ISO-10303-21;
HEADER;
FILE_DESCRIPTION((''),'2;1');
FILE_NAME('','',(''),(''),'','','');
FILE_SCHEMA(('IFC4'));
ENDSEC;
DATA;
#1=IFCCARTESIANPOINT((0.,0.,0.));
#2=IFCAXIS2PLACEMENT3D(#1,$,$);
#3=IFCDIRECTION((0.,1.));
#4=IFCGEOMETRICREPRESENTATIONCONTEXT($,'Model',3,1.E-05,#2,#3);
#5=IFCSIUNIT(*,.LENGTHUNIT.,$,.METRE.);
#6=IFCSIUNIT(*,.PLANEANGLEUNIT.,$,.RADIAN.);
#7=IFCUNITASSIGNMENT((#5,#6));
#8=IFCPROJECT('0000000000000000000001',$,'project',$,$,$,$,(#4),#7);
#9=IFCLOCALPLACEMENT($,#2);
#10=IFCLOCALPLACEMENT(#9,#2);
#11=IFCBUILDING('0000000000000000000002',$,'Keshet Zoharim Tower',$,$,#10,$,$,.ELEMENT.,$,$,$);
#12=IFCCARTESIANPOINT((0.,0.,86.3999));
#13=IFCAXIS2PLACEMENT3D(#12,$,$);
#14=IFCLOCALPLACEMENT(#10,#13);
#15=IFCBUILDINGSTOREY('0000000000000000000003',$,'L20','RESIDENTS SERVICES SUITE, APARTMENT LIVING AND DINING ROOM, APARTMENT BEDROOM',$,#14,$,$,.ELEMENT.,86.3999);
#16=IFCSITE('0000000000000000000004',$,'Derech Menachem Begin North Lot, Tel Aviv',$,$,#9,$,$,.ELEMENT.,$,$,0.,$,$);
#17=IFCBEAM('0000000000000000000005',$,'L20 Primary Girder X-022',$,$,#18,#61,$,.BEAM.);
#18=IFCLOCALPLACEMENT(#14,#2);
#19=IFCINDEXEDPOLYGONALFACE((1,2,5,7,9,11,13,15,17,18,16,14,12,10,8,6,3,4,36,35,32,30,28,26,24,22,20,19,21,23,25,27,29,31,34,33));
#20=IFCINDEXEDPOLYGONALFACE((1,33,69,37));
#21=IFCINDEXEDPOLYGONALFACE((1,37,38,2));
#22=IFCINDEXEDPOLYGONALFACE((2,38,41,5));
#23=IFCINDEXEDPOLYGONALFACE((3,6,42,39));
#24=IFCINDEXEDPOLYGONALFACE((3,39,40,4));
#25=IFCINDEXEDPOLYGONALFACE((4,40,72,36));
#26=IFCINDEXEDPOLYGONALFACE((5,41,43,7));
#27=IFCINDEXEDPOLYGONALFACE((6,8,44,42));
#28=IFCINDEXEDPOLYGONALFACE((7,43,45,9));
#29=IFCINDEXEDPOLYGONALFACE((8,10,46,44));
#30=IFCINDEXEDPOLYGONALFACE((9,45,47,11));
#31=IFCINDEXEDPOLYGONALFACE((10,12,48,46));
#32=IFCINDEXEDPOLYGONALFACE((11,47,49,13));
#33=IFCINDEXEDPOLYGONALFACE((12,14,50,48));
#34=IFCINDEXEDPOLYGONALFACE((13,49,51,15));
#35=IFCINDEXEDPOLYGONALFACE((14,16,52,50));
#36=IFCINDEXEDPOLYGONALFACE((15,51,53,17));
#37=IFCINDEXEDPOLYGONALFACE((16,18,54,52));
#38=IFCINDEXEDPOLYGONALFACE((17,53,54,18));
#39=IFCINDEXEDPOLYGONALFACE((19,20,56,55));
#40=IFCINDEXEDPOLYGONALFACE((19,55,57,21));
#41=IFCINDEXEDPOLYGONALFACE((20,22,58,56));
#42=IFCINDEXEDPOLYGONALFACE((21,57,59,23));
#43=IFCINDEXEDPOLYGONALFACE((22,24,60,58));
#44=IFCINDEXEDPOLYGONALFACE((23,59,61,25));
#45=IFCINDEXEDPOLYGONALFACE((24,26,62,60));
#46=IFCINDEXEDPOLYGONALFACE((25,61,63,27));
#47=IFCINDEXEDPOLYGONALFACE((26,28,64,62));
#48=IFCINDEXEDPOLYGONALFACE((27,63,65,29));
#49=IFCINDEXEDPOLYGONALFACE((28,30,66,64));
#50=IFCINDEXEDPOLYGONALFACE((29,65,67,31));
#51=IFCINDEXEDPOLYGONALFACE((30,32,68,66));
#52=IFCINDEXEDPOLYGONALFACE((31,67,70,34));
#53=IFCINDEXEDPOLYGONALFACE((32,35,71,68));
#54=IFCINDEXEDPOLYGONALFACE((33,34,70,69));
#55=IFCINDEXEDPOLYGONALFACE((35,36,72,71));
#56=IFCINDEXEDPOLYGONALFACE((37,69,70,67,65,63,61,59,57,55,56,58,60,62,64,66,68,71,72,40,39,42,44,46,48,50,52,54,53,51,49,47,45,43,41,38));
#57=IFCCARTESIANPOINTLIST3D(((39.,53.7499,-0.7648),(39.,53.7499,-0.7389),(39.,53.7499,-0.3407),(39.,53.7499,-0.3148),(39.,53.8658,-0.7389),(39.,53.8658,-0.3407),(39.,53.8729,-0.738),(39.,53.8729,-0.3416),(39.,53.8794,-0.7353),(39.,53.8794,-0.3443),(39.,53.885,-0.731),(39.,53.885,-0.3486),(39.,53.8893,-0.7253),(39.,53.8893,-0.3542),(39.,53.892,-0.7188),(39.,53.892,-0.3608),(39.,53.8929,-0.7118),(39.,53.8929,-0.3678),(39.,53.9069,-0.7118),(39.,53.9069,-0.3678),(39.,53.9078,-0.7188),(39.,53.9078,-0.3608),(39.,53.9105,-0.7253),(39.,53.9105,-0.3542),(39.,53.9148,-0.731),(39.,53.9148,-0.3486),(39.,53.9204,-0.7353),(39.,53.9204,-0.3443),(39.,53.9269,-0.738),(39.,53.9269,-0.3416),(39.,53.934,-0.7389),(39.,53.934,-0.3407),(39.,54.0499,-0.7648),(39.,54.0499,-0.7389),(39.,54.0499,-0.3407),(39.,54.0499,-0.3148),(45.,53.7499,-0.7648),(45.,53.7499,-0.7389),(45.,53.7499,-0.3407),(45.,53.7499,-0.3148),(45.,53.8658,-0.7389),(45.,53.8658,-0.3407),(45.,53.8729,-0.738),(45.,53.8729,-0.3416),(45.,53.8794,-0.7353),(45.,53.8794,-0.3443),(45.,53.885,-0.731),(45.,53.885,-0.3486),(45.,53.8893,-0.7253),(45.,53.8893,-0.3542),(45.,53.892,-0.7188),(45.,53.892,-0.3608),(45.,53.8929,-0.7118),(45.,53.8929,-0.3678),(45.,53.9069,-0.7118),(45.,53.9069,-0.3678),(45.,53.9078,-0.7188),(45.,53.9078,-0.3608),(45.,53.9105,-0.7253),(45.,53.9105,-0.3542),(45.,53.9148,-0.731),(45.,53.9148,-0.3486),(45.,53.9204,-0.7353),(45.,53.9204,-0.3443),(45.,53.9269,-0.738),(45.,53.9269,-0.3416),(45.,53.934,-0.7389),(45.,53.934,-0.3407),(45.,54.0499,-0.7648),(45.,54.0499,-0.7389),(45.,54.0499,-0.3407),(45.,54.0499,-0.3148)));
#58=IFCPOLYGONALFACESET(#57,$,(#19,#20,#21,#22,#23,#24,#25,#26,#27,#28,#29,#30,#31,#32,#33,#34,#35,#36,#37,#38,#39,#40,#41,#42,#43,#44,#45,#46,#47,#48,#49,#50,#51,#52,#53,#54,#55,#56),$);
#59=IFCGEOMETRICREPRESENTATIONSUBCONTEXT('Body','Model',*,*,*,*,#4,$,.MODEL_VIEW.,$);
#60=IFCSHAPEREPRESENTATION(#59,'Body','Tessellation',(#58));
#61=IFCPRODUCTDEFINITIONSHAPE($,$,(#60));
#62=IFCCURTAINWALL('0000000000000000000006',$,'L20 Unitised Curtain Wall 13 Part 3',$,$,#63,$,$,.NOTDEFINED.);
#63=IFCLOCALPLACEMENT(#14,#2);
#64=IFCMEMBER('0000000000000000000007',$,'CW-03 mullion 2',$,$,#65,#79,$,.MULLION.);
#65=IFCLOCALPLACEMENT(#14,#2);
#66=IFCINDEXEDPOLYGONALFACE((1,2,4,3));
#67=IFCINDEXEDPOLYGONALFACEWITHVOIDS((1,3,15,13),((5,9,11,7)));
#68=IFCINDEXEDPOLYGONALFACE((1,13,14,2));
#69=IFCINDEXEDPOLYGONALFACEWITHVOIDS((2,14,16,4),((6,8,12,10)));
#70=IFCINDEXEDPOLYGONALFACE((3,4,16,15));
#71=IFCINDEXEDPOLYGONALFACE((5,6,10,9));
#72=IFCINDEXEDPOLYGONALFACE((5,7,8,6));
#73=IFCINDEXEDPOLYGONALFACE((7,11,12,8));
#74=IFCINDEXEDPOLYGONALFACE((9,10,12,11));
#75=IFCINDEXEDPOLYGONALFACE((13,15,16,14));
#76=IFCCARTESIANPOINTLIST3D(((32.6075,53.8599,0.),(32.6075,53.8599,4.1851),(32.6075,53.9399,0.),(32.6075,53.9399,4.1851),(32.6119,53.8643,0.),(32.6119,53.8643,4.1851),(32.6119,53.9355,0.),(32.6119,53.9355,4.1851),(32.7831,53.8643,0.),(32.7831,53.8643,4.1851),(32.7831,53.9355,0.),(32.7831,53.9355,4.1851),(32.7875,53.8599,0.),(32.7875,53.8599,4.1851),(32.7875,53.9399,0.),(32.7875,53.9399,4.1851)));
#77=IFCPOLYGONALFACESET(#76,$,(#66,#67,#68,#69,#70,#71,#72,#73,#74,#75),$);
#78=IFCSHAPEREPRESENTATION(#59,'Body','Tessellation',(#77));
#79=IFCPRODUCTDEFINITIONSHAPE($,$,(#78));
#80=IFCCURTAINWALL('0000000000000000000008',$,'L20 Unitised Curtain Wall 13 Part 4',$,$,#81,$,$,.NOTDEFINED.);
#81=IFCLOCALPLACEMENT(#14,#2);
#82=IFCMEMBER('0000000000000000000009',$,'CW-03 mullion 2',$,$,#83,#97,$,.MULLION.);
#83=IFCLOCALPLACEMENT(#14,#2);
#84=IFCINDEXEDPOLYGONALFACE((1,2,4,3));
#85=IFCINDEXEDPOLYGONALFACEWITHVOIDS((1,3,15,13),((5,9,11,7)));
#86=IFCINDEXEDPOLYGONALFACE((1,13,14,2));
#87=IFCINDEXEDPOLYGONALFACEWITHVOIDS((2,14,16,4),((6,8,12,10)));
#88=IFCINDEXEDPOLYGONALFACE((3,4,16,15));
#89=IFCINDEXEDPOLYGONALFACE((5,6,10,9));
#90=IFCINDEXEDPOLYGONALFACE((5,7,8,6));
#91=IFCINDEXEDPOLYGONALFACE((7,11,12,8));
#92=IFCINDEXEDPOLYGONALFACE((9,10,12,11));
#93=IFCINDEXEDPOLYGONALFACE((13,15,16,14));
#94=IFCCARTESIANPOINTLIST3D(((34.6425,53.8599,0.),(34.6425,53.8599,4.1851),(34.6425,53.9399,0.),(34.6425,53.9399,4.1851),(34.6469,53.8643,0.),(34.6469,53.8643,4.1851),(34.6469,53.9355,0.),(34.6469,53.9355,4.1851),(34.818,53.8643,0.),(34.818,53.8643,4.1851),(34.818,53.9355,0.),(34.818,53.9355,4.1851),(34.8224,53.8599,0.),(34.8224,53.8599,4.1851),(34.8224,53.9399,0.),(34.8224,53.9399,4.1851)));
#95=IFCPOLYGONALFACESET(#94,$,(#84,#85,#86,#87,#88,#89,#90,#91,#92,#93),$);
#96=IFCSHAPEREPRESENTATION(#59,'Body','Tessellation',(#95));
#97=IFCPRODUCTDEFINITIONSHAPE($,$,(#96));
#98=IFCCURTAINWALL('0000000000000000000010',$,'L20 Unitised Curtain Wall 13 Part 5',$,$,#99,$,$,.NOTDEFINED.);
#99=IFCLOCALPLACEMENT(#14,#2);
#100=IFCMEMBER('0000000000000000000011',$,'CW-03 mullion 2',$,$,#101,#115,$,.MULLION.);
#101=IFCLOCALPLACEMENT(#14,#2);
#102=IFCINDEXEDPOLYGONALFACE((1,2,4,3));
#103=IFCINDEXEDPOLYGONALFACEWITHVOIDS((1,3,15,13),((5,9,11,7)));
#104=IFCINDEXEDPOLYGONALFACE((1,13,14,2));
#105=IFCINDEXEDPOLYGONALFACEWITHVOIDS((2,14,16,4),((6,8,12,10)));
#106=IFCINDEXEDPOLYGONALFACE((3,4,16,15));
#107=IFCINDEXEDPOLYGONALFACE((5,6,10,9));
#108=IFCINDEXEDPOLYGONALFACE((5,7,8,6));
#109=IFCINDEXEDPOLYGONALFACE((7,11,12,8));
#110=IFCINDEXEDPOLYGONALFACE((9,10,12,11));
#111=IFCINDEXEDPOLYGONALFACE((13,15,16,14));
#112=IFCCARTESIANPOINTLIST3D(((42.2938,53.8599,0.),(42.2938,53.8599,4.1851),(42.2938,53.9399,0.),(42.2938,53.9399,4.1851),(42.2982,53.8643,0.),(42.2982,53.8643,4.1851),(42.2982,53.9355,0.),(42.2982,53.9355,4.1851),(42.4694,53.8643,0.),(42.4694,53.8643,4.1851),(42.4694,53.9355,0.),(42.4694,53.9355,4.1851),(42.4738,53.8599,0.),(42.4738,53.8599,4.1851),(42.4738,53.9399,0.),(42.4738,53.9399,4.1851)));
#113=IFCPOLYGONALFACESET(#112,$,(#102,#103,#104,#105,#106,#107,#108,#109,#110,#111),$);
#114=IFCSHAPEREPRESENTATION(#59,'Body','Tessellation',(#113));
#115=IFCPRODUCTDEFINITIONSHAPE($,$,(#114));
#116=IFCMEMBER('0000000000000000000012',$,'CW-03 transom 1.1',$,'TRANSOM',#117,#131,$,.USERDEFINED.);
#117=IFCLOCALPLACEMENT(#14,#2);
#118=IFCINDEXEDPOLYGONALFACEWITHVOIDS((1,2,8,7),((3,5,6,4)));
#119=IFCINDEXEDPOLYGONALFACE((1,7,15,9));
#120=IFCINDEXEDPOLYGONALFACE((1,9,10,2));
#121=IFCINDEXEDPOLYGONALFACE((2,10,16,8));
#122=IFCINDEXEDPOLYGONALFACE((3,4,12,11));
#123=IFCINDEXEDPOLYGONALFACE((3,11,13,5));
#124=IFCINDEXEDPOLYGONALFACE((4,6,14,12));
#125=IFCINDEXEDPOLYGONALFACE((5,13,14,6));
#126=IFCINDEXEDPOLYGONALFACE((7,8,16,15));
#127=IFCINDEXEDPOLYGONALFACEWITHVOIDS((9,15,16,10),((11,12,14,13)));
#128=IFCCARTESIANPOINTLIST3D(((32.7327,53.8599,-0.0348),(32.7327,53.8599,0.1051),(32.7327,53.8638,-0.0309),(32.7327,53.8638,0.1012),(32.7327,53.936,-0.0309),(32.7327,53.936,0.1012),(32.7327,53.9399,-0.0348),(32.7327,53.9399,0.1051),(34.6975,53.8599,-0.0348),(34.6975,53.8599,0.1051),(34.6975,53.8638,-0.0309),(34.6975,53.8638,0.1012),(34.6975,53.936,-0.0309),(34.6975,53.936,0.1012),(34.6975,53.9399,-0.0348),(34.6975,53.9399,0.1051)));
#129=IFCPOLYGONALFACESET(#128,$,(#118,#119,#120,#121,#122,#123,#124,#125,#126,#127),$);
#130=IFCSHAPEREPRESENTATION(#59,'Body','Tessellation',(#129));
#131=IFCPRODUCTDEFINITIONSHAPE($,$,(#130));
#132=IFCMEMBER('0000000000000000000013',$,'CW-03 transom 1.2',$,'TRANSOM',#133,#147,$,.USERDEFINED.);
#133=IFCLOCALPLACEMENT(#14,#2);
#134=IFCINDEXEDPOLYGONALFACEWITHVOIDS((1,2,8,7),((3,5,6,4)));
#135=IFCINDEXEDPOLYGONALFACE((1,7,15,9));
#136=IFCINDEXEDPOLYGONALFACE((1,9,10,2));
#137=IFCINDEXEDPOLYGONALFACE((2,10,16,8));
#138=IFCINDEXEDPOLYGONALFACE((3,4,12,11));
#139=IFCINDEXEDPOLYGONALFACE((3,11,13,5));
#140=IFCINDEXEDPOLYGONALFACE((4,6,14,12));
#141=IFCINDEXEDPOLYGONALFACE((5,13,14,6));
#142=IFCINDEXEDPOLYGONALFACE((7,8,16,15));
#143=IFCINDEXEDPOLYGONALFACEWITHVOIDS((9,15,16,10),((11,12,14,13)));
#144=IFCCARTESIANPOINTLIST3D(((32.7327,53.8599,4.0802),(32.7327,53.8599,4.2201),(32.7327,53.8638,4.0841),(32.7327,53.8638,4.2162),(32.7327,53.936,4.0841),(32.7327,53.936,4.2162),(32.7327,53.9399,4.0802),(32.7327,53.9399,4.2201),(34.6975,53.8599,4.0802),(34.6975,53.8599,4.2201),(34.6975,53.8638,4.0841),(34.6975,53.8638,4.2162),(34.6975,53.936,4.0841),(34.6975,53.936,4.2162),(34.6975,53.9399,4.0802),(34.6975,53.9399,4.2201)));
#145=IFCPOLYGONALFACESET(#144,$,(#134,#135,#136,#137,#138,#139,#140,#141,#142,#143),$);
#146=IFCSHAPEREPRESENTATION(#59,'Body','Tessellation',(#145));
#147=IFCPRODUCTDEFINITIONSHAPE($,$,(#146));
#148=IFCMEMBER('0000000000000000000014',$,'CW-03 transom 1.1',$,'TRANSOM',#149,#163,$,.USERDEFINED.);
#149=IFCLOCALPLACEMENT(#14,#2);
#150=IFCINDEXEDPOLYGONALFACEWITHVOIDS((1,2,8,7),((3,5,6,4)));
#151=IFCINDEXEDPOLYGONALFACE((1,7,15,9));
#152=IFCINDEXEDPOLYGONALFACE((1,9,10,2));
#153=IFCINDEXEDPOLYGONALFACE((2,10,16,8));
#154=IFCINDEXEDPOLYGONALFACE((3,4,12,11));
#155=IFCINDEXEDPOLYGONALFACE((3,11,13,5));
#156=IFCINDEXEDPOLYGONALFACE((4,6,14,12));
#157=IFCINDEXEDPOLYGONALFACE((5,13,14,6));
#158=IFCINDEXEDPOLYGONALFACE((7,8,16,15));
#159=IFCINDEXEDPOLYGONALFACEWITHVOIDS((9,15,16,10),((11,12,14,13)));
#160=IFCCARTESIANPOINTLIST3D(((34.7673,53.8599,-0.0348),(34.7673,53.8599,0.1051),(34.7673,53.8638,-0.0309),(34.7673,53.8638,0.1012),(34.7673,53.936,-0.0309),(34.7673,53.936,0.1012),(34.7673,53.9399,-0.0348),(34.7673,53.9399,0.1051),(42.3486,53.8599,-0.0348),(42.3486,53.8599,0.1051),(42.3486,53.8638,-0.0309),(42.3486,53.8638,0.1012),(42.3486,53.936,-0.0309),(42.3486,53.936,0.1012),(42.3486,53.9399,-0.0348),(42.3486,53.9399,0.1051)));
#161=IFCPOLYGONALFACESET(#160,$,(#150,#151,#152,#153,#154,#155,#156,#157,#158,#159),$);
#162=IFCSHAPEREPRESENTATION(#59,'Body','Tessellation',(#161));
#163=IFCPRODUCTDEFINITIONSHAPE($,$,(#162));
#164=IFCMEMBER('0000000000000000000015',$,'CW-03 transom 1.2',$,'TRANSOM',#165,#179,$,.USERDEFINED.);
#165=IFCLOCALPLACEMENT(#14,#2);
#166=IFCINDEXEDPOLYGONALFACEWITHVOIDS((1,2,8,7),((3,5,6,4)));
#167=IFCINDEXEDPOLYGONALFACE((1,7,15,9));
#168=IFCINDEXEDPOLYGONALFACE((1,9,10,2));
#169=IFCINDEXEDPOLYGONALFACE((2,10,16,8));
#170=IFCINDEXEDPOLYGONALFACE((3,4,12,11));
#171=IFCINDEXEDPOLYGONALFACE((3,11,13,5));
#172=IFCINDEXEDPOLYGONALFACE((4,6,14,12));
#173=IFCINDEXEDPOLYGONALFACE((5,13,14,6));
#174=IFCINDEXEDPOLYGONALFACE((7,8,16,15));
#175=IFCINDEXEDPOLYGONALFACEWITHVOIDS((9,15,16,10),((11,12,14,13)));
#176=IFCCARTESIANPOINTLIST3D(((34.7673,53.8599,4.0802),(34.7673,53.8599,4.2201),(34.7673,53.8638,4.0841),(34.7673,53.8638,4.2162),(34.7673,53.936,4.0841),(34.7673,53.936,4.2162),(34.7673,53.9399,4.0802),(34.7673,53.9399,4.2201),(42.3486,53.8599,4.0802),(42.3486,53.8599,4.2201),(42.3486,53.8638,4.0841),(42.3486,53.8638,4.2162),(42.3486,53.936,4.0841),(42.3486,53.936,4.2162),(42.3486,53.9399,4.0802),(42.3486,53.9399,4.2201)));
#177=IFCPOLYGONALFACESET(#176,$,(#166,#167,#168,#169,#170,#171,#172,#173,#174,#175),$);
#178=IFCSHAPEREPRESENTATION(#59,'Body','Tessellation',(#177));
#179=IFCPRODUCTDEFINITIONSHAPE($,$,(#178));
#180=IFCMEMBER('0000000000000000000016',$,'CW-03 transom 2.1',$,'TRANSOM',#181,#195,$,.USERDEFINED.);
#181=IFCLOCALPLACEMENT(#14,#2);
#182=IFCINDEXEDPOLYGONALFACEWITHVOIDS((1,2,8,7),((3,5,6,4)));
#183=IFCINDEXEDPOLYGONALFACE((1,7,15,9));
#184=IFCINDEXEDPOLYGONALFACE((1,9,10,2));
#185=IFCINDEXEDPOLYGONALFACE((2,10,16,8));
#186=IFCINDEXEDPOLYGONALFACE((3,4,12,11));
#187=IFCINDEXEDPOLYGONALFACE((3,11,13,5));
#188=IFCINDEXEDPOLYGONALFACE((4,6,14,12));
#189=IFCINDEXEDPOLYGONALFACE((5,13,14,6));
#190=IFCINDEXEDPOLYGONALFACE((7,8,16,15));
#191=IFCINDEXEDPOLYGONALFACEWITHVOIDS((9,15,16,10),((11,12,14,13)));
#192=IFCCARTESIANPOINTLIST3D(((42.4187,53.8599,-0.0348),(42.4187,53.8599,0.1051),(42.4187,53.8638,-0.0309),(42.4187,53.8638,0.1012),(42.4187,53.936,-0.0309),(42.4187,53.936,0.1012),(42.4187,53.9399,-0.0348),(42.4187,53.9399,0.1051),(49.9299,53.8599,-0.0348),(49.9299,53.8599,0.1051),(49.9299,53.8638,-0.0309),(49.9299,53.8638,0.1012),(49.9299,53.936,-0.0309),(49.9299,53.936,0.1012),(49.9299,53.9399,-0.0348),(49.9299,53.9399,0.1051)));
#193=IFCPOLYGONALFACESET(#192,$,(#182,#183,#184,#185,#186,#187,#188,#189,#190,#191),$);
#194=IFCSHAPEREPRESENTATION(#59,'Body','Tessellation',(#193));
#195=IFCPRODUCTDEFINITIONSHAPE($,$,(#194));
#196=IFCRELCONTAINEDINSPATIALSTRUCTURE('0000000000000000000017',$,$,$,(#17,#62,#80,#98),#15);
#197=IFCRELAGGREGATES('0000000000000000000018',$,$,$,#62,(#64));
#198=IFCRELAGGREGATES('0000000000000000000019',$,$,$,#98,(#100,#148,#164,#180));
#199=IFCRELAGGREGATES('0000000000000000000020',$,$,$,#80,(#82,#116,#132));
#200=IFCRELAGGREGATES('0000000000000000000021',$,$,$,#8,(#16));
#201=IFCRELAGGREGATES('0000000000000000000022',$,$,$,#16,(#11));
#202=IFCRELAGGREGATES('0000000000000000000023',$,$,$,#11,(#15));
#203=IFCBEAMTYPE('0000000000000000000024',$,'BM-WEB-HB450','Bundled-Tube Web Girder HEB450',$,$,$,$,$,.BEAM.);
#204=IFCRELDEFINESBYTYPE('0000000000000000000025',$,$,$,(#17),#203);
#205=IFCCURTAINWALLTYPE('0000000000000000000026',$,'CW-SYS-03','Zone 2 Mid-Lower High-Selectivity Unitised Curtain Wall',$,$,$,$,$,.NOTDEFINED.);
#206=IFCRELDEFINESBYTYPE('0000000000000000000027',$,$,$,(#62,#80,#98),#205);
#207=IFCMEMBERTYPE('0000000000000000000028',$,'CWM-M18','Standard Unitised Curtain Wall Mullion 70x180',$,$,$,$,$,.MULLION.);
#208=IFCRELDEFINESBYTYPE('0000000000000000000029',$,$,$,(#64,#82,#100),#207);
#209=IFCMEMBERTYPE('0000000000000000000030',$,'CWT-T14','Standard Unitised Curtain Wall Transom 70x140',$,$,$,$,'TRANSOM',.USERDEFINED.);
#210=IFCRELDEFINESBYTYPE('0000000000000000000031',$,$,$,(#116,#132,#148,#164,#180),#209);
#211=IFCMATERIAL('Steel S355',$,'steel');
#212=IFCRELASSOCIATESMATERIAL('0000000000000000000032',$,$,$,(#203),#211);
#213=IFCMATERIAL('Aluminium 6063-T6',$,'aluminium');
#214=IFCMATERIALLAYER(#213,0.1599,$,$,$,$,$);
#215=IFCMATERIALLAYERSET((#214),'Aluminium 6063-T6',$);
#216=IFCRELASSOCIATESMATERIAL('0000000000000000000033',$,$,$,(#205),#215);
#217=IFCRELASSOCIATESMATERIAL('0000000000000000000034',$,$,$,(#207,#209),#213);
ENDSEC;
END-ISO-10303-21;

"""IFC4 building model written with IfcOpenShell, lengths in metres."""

from ifc_helpers import new_model, si_unit, direction, frame, origin, origin_2d, place, context, subcontext, project, spatial, hollow_rectangle, i_section, extrude, material, layer, layer_set, material_profile, profile_set, type_object, element, aggregate, save


model = new_model("IFC4")

# Units and contexts
model_context = context("Model", 3, precision=1e-05, world=origin(), true_north=direction((0.0, 1.0)))
body_context = subcontext(model_context, "Body", "Model", "MODEL_VIEW")
ifc_project = project(units=[si_unit("LENGTHUNIT", "METRE"), si_unit("PLANEANGLEUNIT", "RADIAN")], contexts=[model_context])

# Site, building, storey
site_placement = place(None, origin())
site = spatial("IfcSite", under=ifc_project, at=site_placement, Name="Derech Menachem Begin North Lot, Tel Aviv", CompositionType="ELEMENT", RefElevation=0.0)
building_placement = place(site_placement, origin())
building = spatial("IfcBuilding", under=site, at=building_placement, Name="Keshet Zoharim Tower", CompositionType="ELEMENT")
storey_placement = place(building_placement, frame((0.0, 0.0, 86.3999)))
storey = spatial("IfcBuildingStorey", under=building, at=storey_placement, Name="L20", Description="RESIDENTS SERVICES SUITE, APARTMENT LIVING AND DINING ROOM, APARTMENT BEDROOM", CompositionType="ELEMENT", Elevation=86.3999)

# Shared definitions
ifc_material_1 = material(Name="Steel S355", Category="steel")

# Beam
ifc_material_profile_1 = material_profile(ifc_material_1, i_section(OverallWidth=0.3, OverallDepth=0.45, WebThickness=0.0139, FlangeThickness=0.0259, FilletRadius=0.0271, at=origin_2d()), Name="HEB450")
ifc_profile_set_1 = profile_set([ifc_material_profile_1], Name="Steel S355")
beam_type = type_object("IfcBeamType", Name="BM-WEB-HB450", Description="Bundled-Tube Web Girder HEB450", PredefinedType="BEAM", material=ifc_profile_set_1)
for number, where, z_axis, x_axis, name in (
    (1, (39.0, 53.8999, -0.5398), (1.0, 0.0, 0.0), (0.0, 1.0, 0.0), "L20 Primary Girder X-022"),
):
    element("IfcBeam", number, at=place(storey_placement, frame(where, z_axis=z_axis, x_axis=x_axis)), inside=storey, type_object=beam_type, Name=name, PredefinedType="BEAM", context=body_context, shape_type="SweptSolid", body=[
        extrude(i_section(OverallWidth=0.3, OverallDepth=0.45, WebThickness=0.0139, FlangeThickness=0.0259, FilletRadius=0.0271, at=origin_2d()), origin(), (0.0, 0.0, 1.0), 6.0),
    ])

# Curtain walls, members
ifc_material_2 = material(Name="Aluminium 6063-T6", Category="aluminium")
ifc_layer_1 = layer(ifc_material_2, 0.1599)
ifc_layer_set_1 = layer_set([ifc_layer_1], Name="Aluminium 6063-T6")
curtain_wall_type = type_object("IfcCurtainWallType", Name="CW-SYS-03", Description="Zone 2 Mid-Lower High-Selectivity Unitised Curtain Wall", PredefinedType="NOTDEFINED", material=ifc_layer_set_1)
curtain_wall_1_placement = place(storey_placement, origin())
curtain_wall_1 = element("IfcCurtainWall", 2, at=curtain_wall_1_placement, inside=storey, type_object=curtain_wall_type, Name="L20 Unitised Curtain Wall 13 Part 3", PredefinedType="NOTDEFINED")
ifc_material_profile_2 = material_profile(ifc_material_2, hollow_rectangle(XDim=0.0801, YDim=0.1799, WallThickness=0.0044, at=origin_2d()), Name="MUL-80x180")
ifc_profile_set_2 = profile_set([ifc_material_profile_2], Name="Aluminium 6063-T6")
member_type_1 = type_object("IfcMemberType", Name="CWM-M18", Description="Standard Unitised Curtain Wall Mullion 70x180", PredefinedType="MULLION", material=ifc_profile_set_2)
member_1_placement = place(storey_placement, frame((32.6975, 53.8999, 0.0), z_axis=(0.0, 0.0, 1.0), x_axis=(0.0, 1.0, 0.0)))
member_1 = element("IfcMember", 3, at=member_1_placement, type_object=member_type_1, Name="CW-03 mullion 2", PredefinedType="MULLION", context=body_context, shape_type="SweptSolid", body=[
    extrude(hollow_rectangle(XDim=0.0801, YDim=0.1799, WallThickness=0.0044, at=origin_2d()), origin(), (0.0, 0.0, 1.0), 4.1851),
])
aggregate(curtain_wall_1, [member_1])
curtain_wall_2_placement = place(storey_placement, origin())
curtain_wall_2 = element("IfcCurtainWall", 4, at=curtain_wall_2_placement, inside=storey, type_object=curtain_wall_type, Name="L20 Unitised Curtain Wall 13 Part 4", PredefinedType="NOTDEFINED")
member_2_placement = place(storey_placement, frame((34.7324, 53.8999, 0.0), z_axis=(0.0, 0.0, 1.0), x_axis=(0.0, 1.0, 0.0)))
member_2 = element("IfcMember", 5, at=member_2_placement, type_object=member_type_1, Name="CW-03 mullion 2", PredefinedType="MULLION", context=body_context, shape_type="SweptSolid", body=[
    extrude(hollow_rectangle(XDim=0.0801, YDim=0.1799, WallThickness=0.0044, at=origin_2d()), origin(), (0.0, 0.0, 1.0), 4.1851),
])
curtain_wall_3_placement = place(storey_placement, origin())
curtain_wall_3 = element("IfcCurtainWall", 6, at=curtain_wall_3_placement, inside=storey, type_object=curtain_wall_type, Name="L20 Unitised Curtain Wall 13 Part 5", PredefinedType="NOTDEFINED")
member_3_placement = place(storey_placement, frame((42.3838, 53.8999, 0.0), z_axis=(0.0, 0.0, 1.0), x_axis=(0.0, 1.0, 0.0)))
member_3 = element("IfcMember", 7, at=member_3_placement, type_object=member_type_1, Name="CW-03 mullion 2", PredefinedType="MULLION", context=body_context, shape_type="SweptSolid", body=[
    extrude(hollow_rectangle(XDim=0.0801, YDim=0.1799, WallThickness=0.0044, at=origin_2d()), origin(), (0.0, 0.0, 1.0), 4.1851),
])

# Members
ifc_material_profile_3 = material_profile(ifc_material_2, hollow_rectangle(XDim=0.0801, YDim=0.1399, WallThickness=0.0039, at=origin_2d()), Name="TRN-80x140")
ifc_profile_set_3 = profile_set([ifc_material_profile_3], Name="Aluminium 6063-T6")
member_type_2 = type_object("IfcMemberType", Name="CWT-T14", Description="Standard Unitised Curtain Wall Transom 70x140", ElementType="TRANSOM", PredefinedType="USERDEFINED", material=ifc_profile_set_3)
member_4_placement = place(storey_placement, frame((32.7327, 53.8999, 0.0352), z_axis=(1.0, 0.0, 0.0), x_axis=(0.0, 1.0, 0.0)))
member_4 = element("IfcMember", 8, at=member_4_placement, type_object=member_type_2, Name="CW-03 transom 1.1", ObjectType="TRANSOM", PredefinedType="USERDEFINED", context=body_context, shape_type="SweptSolid", body=[
    extrude(hollow_rectangle(XDim=0.0801, YDim=0.1399, WallThickness=0.0039, at=origin_2d()), origin(), (0.0, 0.0, 1.0), 1.9648),
])
member_5_placement = place(storey_placement, frame((32.7327, 53.8999, 4.1501), z_axis=(1.0, 0.0, 0.0), x_axis=(0.0, 1.0, 0.0)))
member_5 = element("IfcMember", 9, at=member_5_placement, type_object=member_type_2, Name="CW-03 transom 1.2", ObjectType="TRANSOM", PredefinedType="USERDEFINED", context=body_context, shape_type="SweptSolid", body=[
    extrude(hollow_rectangle(XDim=0.0801, YDim=0.1399, WallThickness=0.0039, at=origin_2d()), origin(), (0.0, 0.0, 1.0), 1.9648),
])
member_6_placement = place(storey_placement, frame((34.7673, 53.8999, 0.0352), z_axis=(1.0, 0.0, 0.0), x_axis=(0.0, 1.0, 0.0)))
member_6 = element("IfcMember", 10, at=member_6_placement, type_object=member_type_2, Name="CW-03 transom 1.1", ObjectType="TRANSOM", PredefinedType="USERDEFINED", context=body_context, shape_type="SweptSolid", body=[
    extrude(hollow_rectangle(XDim=0.0801, YDim=0.1399, WallThickness=0.0039, at=origin_2d()), origin(), (0.0, 0.0, 1.0), 7.5813),
])
member_7_placement = place(storey_placement, frame((34.7673, 53.8999, 4.1501), z_axis=(1.0, 0.0, 0.0), x_axis=(0.0, 1.0, 0.0)))
member_7 = element("IfcMember", 11, at=member_7_placement, type_object=member_type_2, Name="CW-03 transom 1.2", ObjectType="TRANSOM", PredefinedType="USERDEFINED", context=body_context, shape_type="SweptSolid", body=[
    extrude(hollow_rectangle(XDim=0.0801, YDim=0.1399, WallThickness=0.0039, at=origin_2d()), origin(), (0.0, 0.0, 1.0), 7.5813),
])
member_8_placement = place(storey_placement, frame((42.4187, 53.8999, 0.0352), z_axis=(1.0, 0.0, 0.0), x_axis=(0.0, 1.0, 0.0)))
member_8 = element("IfcMember", 12, at=member_8_placement, type_object=member_type_2, Name="CW-03 transom 2.1", ObjectType="TRANSOM", PredefinedType="USERDEFINED", context=body_context, shape_type="SweptSolid", body=[
    extrude(hollow_rectangle(XDim=0.0801, YDim=0.1399, WallThickness=0.0039, at=origin_2d()), origin(), (0.0, 0.0, 1.0), 7.5112),
])

aggregate(curtain_wall_3, [member_3, member_6, member_7, member_8])
aggregate(curtain_wall_2, [member_2, member_4, member_5])

save(model, "model.ifc")
